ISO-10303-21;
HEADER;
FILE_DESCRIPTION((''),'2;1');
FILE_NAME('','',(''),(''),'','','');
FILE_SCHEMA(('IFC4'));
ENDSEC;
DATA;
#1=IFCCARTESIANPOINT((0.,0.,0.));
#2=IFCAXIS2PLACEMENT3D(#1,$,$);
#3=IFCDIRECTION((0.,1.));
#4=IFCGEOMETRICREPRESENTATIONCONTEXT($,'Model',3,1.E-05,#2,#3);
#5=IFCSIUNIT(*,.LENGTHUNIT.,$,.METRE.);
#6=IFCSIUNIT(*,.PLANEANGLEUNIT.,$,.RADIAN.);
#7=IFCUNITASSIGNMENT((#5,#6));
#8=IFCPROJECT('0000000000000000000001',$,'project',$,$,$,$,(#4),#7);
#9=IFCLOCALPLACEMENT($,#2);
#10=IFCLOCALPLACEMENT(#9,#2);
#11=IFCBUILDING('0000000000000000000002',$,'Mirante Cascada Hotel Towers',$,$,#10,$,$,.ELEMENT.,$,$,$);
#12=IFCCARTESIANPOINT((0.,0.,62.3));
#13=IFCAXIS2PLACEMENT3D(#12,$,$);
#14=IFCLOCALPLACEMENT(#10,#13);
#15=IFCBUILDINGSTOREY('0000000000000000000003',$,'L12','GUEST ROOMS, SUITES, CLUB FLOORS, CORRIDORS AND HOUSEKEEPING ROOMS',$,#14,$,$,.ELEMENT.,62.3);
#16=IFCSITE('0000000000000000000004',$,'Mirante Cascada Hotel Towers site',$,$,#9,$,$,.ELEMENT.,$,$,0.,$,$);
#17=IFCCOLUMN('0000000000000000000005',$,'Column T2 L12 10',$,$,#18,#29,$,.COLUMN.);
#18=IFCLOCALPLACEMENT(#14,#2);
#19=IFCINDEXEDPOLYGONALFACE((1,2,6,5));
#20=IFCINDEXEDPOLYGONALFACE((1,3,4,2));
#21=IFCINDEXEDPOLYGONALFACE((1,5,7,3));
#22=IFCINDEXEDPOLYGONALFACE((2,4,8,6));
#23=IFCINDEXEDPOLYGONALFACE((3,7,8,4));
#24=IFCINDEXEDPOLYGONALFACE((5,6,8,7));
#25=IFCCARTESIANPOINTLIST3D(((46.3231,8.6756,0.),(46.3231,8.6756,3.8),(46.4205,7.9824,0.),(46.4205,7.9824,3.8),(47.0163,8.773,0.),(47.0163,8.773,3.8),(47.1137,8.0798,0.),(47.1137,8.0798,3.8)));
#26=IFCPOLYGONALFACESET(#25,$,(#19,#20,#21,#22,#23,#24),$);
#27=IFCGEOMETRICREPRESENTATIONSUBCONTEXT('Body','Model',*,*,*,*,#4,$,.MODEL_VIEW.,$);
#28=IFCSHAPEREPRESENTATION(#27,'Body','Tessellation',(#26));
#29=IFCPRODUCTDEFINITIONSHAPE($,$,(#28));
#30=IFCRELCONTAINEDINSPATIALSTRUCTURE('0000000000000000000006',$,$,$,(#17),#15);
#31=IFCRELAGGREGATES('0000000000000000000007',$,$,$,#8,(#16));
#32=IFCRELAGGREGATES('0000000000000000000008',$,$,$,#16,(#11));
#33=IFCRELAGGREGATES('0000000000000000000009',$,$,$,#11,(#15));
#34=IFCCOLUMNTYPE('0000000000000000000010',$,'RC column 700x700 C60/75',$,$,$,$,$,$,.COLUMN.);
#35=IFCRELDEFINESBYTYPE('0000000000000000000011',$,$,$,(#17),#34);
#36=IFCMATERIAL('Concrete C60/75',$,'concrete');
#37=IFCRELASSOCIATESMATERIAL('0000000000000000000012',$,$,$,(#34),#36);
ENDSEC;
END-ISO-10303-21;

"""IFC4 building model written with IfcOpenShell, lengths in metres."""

from ifc_helpers import new_model, si_unit, direction, frame, origin, origin_2d, place, context, subcontext, project, spatial, rectangle, extrude, material, material_profile, profile_set, type_object, element, save


model = new_model("IFC4")

# Units and contexts
model_context = context("Model", 3, precision=1e-05, world=origin(), true_north=direction((0.0, 1.0)))
body_context = subcontext(model_context, "Body", "Model", "MODEL_VIEW")
ifc_project = project(units=[si_unit("LENGTHUNIT", "METRE"), si_unit("PLANEANGLEUNIT", "RADIAN")], contexts=[model_context])

# Site, building, storey
site_placement = place(None, origin())
site = spatial("IfcSite", under=ifc_project, at=site_placement, Name="Mirante Cascada Hotel Towers site", CompositionType="ELEMENT", RefElevation=0.0)
building_placement = place(site_placement, origin())
building = spatial("IfcBuilding", under=site, at=building_placement, Name="Mirante Cascada Hotel Towers", CompositionType="ELEMENT")
storey_placement = place(building_placement, frame((0.0, 0.0, 62.3)))
storey = spatial("IfcBuildingStorey", under=building, at=storey_placement, Name="L12", Description="GUEST ROOMS, SUITES, CLUB FLOORS, CORRIDORS AND HOUSEKEEPING ROOMS", CompositionType="ELEMENT", Elevation=62.3)

# Column
ifc_material_1 = material(Name="Concrete C60/75", Category="concrete")
ifc_material_profile = material_profile(ifc_material_1, rectangle(XDim=0.7, YDim=0.7, at=origin_2d()), Name="RC column 700x700 C60/75")
ifc_profile_set = profile_set([ifc_material_profile], Name="Concrete C60/75")
column_type = type_object("IfcColumnType", Name="RC column 700x700 C60/75", PredefinedType="COLUMN", material=ifc_profile_set)
column_placement = place(storey_placement, frame((46.7184, 8.3777, 0.0), z_axis=(0.0, 0.0, 1.0), x_axis=(0.990268, 0.139173, 0.0)))
element("IfcColumn", 1, at=column_placement, inside=storey, type_object=column_type, Name="Column T2 L12 10", PredefinedType="COLUMN", context=body_context, shape_type="SweptSolid", body=[
    extrude(rectangle(XDim=0.7, YDim=0.7, at=origin_2d()), origin(), (0.0, 0.0, 1.0), 3.8),
])

save(model, "model.ifc")
